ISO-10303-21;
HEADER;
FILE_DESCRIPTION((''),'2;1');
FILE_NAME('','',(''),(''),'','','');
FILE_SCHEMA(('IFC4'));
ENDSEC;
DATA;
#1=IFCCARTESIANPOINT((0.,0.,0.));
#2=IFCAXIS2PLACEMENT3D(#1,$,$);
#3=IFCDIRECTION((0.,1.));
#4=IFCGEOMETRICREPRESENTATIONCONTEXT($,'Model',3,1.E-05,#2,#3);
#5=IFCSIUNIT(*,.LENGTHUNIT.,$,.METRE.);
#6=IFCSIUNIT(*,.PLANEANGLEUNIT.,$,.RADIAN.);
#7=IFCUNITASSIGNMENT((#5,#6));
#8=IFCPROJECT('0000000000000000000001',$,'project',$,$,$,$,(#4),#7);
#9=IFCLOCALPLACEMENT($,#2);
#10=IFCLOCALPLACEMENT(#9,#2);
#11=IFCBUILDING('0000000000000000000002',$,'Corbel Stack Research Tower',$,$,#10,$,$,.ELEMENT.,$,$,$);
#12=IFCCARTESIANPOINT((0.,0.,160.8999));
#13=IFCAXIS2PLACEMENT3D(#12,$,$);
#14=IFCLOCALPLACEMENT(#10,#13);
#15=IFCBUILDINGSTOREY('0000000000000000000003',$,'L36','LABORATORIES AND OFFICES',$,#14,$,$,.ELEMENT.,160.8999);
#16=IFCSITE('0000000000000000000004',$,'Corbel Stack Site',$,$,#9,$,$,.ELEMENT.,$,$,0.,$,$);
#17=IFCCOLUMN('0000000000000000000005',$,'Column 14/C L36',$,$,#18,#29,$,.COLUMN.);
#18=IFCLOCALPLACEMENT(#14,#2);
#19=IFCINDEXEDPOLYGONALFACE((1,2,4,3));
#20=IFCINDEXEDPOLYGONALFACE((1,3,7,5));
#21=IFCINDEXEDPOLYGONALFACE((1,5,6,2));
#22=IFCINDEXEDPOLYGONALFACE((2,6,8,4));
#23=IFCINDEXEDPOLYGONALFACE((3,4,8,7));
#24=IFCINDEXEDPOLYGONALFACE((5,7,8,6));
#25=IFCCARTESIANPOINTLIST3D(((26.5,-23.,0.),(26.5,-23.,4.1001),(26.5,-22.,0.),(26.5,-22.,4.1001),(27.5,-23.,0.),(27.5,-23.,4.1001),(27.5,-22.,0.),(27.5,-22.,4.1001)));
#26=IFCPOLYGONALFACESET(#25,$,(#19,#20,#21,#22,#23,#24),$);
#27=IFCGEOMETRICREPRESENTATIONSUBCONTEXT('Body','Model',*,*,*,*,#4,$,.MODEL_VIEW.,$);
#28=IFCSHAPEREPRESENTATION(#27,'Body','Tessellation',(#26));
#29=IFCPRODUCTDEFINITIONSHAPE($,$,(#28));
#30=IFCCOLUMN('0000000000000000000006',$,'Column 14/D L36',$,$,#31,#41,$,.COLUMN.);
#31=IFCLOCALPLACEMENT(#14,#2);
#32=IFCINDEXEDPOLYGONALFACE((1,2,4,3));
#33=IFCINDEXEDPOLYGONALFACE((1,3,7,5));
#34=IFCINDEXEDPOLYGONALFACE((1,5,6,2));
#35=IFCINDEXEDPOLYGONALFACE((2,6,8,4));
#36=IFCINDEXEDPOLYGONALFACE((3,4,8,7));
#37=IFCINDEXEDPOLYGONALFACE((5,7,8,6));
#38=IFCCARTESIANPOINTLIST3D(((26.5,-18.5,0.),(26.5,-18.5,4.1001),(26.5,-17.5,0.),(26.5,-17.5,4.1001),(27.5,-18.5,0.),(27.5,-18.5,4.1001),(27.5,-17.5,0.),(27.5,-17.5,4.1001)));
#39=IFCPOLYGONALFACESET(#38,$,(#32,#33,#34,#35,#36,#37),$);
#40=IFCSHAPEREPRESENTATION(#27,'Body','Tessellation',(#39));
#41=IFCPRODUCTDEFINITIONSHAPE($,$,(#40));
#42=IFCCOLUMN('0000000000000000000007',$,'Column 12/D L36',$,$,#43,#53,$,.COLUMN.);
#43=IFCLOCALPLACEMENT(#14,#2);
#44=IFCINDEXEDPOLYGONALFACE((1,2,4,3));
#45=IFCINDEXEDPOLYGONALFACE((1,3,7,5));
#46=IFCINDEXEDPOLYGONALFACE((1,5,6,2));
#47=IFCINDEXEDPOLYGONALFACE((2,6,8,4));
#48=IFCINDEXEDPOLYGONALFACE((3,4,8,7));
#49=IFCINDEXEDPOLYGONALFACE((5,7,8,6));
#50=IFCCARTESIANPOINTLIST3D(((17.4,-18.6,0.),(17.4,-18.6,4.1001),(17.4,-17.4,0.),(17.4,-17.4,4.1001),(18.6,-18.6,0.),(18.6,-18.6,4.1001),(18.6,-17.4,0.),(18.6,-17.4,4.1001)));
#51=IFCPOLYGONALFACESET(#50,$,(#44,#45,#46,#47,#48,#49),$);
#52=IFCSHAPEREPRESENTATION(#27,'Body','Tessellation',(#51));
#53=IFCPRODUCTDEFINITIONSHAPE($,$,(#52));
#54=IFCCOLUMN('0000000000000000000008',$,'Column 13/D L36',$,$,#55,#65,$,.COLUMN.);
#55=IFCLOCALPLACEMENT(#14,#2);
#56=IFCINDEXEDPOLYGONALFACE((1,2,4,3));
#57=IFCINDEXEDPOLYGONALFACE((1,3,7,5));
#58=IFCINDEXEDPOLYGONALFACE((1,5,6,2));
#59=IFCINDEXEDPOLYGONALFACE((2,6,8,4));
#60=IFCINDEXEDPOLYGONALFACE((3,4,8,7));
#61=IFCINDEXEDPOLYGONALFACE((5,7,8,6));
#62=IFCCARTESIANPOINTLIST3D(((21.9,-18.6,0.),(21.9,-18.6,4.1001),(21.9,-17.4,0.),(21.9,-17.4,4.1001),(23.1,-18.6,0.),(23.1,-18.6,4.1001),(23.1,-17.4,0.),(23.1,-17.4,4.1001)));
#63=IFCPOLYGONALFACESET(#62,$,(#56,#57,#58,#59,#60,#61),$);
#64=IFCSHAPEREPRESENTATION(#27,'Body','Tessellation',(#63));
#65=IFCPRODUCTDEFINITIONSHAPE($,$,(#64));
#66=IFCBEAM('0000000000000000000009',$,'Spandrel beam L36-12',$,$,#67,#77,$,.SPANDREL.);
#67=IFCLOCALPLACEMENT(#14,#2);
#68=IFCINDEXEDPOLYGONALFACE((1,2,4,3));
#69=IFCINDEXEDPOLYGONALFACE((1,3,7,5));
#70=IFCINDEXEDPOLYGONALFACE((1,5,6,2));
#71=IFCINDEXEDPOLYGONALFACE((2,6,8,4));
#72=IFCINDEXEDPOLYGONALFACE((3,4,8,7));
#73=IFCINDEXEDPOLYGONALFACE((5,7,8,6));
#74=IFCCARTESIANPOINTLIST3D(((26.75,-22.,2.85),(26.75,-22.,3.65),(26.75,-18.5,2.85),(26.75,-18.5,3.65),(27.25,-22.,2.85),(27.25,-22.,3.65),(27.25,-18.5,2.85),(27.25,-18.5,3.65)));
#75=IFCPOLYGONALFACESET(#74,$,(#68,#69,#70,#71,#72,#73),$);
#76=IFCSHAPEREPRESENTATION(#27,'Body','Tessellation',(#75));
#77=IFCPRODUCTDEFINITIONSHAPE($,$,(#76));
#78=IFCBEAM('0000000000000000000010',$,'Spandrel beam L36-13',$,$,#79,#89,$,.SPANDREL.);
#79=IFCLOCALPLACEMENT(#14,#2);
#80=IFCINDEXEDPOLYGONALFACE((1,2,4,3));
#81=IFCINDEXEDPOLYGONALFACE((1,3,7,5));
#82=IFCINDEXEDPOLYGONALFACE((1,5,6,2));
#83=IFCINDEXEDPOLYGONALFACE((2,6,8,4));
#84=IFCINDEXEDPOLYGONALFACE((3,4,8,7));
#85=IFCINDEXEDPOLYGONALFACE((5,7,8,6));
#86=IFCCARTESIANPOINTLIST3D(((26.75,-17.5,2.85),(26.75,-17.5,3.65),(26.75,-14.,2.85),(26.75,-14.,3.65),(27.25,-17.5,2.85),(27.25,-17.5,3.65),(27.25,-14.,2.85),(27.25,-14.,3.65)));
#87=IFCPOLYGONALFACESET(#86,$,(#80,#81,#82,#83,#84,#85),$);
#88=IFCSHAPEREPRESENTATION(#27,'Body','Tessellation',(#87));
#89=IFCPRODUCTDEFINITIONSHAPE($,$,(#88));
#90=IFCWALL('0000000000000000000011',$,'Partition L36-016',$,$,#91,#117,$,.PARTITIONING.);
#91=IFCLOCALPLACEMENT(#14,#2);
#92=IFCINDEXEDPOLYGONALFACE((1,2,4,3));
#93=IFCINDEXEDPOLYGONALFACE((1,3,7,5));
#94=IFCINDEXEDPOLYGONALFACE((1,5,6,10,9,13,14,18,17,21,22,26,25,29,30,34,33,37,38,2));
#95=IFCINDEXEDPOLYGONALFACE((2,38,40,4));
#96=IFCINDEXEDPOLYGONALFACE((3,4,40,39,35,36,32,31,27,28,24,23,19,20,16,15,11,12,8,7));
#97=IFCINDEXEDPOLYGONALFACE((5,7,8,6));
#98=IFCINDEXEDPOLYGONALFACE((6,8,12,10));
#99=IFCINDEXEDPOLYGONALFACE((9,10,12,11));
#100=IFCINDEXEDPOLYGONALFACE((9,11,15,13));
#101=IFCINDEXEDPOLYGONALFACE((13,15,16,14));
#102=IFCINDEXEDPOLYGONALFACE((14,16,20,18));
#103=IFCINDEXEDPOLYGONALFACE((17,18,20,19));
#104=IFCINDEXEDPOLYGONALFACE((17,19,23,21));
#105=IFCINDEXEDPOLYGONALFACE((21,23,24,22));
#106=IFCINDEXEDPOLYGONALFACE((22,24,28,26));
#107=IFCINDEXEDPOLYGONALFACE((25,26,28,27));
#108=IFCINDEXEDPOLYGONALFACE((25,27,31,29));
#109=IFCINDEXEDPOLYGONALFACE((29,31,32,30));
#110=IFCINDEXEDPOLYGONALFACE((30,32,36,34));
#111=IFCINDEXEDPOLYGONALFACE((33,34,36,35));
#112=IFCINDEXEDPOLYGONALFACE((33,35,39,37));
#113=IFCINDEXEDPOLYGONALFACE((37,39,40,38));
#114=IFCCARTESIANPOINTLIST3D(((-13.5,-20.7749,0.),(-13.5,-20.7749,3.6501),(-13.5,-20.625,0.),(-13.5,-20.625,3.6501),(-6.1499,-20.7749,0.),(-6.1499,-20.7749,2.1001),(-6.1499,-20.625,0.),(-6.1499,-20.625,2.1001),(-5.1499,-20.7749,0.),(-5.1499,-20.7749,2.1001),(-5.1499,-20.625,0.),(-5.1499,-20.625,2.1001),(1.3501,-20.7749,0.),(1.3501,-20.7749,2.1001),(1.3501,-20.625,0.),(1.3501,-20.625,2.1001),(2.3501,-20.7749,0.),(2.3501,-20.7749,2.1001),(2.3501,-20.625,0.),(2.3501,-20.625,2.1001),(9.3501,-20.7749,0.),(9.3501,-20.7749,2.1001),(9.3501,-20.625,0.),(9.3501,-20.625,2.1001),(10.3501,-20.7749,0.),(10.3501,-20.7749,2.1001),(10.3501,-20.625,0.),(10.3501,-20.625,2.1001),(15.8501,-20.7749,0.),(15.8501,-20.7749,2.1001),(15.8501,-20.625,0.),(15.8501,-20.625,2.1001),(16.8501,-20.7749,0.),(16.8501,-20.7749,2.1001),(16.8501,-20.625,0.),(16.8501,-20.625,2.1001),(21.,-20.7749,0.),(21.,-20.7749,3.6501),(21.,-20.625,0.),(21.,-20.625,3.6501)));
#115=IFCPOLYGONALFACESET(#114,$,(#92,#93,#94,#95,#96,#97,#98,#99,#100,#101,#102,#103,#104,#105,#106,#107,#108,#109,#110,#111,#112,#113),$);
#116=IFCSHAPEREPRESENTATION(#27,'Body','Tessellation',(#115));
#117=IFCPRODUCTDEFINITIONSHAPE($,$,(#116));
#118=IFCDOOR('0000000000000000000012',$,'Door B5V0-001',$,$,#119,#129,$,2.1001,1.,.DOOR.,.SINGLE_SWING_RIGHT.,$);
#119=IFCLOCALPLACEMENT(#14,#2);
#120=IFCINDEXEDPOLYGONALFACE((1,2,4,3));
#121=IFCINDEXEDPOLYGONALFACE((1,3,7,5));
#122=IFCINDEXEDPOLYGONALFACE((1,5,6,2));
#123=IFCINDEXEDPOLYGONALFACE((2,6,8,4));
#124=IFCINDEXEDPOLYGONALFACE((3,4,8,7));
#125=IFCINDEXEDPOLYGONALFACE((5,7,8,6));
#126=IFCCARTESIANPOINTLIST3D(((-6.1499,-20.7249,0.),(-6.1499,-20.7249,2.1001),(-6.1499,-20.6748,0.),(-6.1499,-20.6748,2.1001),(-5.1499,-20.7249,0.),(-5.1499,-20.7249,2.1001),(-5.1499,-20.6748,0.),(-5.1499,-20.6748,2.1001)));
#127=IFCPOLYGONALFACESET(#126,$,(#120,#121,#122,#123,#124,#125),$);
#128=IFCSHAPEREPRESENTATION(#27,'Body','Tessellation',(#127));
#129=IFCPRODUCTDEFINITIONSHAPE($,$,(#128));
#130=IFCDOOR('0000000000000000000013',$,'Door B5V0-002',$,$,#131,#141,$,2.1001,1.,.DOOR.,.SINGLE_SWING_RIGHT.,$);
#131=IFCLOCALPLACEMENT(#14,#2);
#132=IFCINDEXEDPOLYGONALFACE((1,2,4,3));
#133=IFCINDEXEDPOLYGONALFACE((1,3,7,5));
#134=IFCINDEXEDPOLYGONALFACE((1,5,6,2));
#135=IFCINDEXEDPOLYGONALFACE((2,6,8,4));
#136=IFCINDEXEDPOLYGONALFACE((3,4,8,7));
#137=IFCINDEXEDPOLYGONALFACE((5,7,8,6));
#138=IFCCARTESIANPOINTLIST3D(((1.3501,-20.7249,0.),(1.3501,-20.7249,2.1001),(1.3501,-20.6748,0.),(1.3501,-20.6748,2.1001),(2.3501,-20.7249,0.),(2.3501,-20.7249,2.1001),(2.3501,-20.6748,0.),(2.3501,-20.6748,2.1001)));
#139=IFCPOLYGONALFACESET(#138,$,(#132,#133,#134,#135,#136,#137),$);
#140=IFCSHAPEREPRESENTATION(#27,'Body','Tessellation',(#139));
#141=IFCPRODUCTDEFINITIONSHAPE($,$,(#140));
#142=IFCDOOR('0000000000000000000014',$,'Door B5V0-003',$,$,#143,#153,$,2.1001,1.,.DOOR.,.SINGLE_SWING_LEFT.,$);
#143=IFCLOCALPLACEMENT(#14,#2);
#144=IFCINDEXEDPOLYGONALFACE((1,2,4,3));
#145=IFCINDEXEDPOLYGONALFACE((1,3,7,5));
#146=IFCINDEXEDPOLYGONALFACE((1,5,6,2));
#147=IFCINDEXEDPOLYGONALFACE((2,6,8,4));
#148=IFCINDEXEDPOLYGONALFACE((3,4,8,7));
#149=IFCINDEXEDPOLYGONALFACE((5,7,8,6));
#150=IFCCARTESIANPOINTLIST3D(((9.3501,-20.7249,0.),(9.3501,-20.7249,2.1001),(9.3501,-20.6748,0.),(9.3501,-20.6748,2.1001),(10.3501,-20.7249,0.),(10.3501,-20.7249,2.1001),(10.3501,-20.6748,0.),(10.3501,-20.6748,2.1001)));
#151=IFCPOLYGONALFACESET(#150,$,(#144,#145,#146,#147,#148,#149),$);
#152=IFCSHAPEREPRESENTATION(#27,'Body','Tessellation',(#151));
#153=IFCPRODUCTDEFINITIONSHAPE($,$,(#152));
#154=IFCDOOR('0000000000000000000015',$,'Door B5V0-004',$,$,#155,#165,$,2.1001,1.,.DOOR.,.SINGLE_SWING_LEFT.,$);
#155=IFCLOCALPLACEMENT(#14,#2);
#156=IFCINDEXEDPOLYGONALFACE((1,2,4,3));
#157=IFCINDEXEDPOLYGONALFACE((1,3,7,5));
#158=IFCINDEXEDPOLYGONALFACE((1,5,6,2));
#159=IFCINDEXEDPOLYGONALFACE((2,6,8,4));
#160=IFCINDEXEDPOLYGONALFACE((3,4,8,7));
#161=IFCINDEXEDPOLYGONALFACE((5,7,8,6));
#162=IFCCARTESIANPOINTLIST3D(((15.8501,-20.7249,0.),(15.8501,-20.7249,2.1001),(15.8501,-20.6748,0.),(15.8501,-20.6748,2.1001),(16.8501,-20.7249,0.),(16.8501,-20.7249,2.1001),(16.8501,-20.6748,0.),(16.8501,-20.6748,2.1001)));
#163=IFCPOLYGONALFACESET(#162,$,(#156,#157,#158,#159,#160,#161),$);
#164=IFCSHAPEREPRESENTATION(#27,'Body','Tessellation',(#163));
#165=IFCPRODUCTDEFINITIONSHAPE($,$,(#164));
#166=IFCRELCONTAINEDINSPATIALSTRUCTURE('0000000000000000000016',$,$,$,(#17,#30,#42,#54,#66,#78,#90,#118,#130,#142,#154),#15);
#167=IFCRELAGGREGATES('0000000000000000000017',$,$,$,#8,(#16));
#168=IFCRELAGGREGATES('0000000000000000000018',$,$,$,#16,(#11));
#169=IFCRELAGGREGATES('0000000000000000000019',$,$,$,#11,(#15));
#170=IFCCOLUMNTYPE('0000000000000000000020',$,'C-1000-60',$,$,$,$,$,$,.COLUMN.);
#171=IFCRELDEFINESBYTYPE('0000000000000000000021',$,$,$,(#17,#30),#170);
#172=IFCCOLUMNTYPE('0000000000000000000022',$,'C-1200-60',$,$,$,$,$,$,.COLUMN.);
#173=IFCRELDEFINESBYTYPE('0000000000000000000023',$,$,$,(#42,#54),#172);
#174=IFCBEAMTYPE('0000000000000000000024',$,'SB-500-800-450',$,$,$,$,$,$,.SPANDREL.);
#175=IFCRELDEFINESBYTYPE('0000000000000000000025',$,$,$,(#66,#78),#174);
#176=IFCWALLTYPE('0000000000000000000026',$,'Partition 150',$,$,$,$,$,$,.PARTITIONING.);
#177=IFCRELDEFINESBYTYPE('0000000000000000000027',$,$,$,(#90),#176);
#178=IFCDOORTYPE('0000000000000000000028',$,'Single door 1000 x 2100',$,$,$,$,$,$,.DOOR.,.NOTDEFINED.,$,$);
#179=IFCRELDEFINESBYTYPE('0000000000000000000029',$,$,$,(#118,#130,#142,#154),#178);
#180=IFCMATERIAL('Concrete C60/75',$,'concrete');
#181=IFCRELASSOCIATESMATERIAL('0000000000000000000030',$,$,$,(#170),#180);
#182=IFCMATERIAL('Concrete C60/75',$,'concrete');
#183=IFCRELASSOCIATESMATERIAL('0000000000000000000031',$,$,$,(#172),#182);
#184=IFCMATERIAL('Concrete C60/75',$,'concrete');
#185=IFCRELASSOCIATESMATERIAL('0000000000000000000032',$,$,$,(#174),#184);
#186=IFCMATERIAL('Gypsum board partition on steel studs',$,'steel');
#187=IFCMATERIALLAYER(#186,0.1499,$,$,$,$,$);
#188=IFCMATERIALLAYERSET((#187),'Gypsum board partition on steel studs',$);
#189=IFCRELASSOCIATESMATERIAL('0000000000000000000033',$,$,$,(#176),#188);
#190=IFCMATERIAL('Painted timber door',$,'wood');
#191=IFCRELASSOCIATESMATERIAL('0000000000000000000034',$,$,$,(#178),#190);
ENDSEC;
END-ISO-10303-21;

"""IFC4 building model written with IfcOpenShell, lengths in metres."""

from ifc_helpers import new_model, si_unit, direction, frame, frame_2d, origin, origin_2d, place, context, subcontext, project, spatial, rectangle, extrude, material, layer, layer_set, material_profile, profile_set, type_object, element, fill, save


model = new_model("IFC4")

# Units and contexts
model_context = context("Model", 3, precision=1e-05, world=origin(), true_north=direction((0.0, 1.0)))
body_context = subcontext(model_context, "Body", "Model", "MODEL_VIEW")
ifc_project = project(units=[si_unit("LENGTHUNIT", "METRE"), si_unit("PLANEANGLEUNIT", "RADIAN")], contexts=[model_context])

# Site, building, storey
site_placement = place(None, origin())
site = spatial("IfcSite", under=ifc_project, at=site_placement, Name="Corbel Stack Site", CompositionType="ELEMENT", RefElevation=0.0)
building_placement = place(site_placement, origin())
building = spatial("IfcBuilding", under=site, at=building_placement, Name="Corbel Stack Research Tower", CompositionType="ELEMENT")
storey_placement = place(building_placement, frame((0.0, 0.0, 160.8999)))
storey = spatial("IfcBuildingStorey", under=building, at=storey_placement, Name="L36", Description="LABORATORIES AND OFFICES", CompositionType="ELEMENT", Elevation=160.8999)

# Columns
ifc_material_1 = material(Name="Concrete C60/75", Category="concrete")
ifc_material_profile_1 = material_profile(ifc_material_1, rectangle(XDim=1.0, YDim=1.0, at=origin_2d()), Name="RC 1000 x 1000")
ifc_profile_set_1 = profile_set([ifc_material_profile_1], Name="Concrete C60/75")
column_type_1 = type_object("IfcColumnType", Name="C-1000-60", PredefinedType="COLUMN", material=ifc_profile_set_1)
for number, where, z_axis, x_axis, name in (
    (1, (27.0, -22.5, 0.0), (0.0, 0.0, 1.0), (1.0, 0.0, 0.0), "Column 14/C L36"),
    (2, (27.0, -18.0, 0.0), (0.0, 0.0, 1.0), (1.0, 0.0, 0.0), "Column 14/D L36"),
):
    element("IfcColumn", number, at=place(storey_placement, frame(where, z_axis=z_axis, x_axis=x_axis)), inside=storey, type_object=column_type_1, Name=name, PredefinedType="COLUMN", context=body_context, shape_type="SweptSolid", body=[
        extrude(rectangle(XDim=1.0, YDim=1.0, at=origin_2d()), origin(), (0.0, 0.0, 1.0), 4.1001),
    ])
ifc_material_2 = material(Name="Concrete C60/75", Category="concrete")
ifc_material_profile_2 = material_profile(ifc_material_2, rectangle(XDim=1.2, YDim=1.2, at=origin_2d()), Name="RC 1200 x 1200")
ifc_profile_set_2 = profile_set([ifc_material_profile_2], Name="Concrete C60/75")
column_type_2 = type_object("IfcColumnType", Name="C-1200-60", PredefinedType="COLUMN", material=ifc_profile_set_2)
for number, where, z_axis, x_axis, name in (
    (3, (18.0, -18.0, 0.0), (0.0, 0.0, 1.0), (1.0, 0.0, 0.0), "Column 12/D L36"),
    (4, (22.5, -18.0, 0.0), (0.0, 0.0, 1.0), (1.0, 0.0, 0.0), "Column 13/D L36"),
):
    element("IfcColumn", number, at=place(storey_placement, frame(where, z_axis=z_axis, x_axis=x_axis)), inside=storey, type_object=column_type_2, Name=name, PredefinedType="COLUMN", context=body_context, shape_type="SweptSolid", body=[
        extrude(rectangle(XDim=1.2, YDim=1.2, at=origin_2d()), origin(), (0.0, 0.0, 1.0), 4.1001),
    ])

# Beams
ifc_material_3 = material(Name="Concrete C60/75", Category="concrete")
ifc_material_profile_3 = material_profile(ifc_material_3, rectangle(XDim=0.5, YDim=0.8, at=origin_2d()), Name="RC 500 x 800")
ifc_profile_set_3 = profile_set([ifc_material_profile_3], Name="Concrete C60/75")
beam_type = type_object("IfcBeamType", Name="SB-500-800-450", PredefinedType="SPANDREL", material=ifc_profile_set_3)
for number, where, z_axis, x_axis, name in (
    (5, (27.0, -22.0, 3.25), (0.0, 1.0, 0.0), (-1.0, 0.0, 0.0), "Spandrel beam L36-12"),
    (6, (27.0, -17.5, 3.25), (0.0, 1.0, 0.0), (-1.0, 0.0, 0.0), "Spandrel beam L36-13"),
):
    element("IfcBeam", number, at=place(storey_placement, frame(where, z_axis=z_axis, x_axis=x_axis)), inside=storey, type_object=beam_type, Name=name, PredefinedType="SPANDREL", context=body_context, shape_type="SweptSolid", body=[
        extrude(rectangle(XDim=0.5, YDim=0.8, at=origin_2d()), origin(), (0.0, 0.0, 1.0), 3.5),
    ])

# Wall, openings, doors
ifc_material_4 = material(Name="Gypsum board partition on steel studs", Category="steel")
ifc_layer_1 = layer(ifc_material_4, 0.1499)
ifc_layer_set_1 = layer_set([ifc_layer_1], Name="Gypsum board partition on steel studs")
wall_type_1 = type_object("IfcWallType", Name="Partition 150", PredefinedType="PARTITIONING", material=ifc_layer_set_1)
wall_1_placement = place(storey_placement, frame((21.0, -20.7, 0.0), z_axis=(0.0, 0.0, 1.0), x_axis=(-1.0, 0.0, 0.0)))
wall_1 = element("IfcWall", 7, at=wall_1_placement, inside=storey, type_object=wall_type_1, Name="Partition L36-016", PredefinedType="PARTITIONING", context=body_context, shape_type="SweptSolid", body=[
    extrude(rectangle(XDim=34.5, YDim=0.1499, at=frame_2d((17.25, 0.0))), origin(), (0.0, 0.0, 1.0), 3.6501),
])
opening_1_placement = place(wall_1_placement, frame((26.1499, 0.0, 0.0)))
opening_1 = element("IfcOpeningElement", 8, at=opening_1_placement, cuts=wall_1, PredefinedType="OPENING", context=body_context, shape_type="SweptSolid", body=[
    extrude(rectangle(XDim=1.0, YDim=2.1001, at=frame_2d((0.5, 1.05))), frame((0.0, 0.085, 0.0), z_axis=(0.0, -1.0, 0.0), x_axis=(1.0, 0.0, 0.0)), (0.0, 0.0, 1.0), 0.1699),
])
opening_2_placement = place(wall_1_placement, frame((18.6499, 0.0, 0.0)))
opening_2 = element("IfcOpeningElement", 9, at=opening_2_placement, cuts=wall_1, PredefinedType="OPENING", context=body_context, shape_type="SweptSolid", body=[
    extrude(rectangle(XDim=1.0, YDim=2.1001, at=frame_2d((0.5, 1.05))), frame((0.0, 0.085, 0.0), z_axis=(0.0, -1.0, 0.0), x_axis=(1.0, 0.0, 0.0)), (0.0, 0.0, 1.0), 0.1699),
])
opening_3_placement = place(wall_1_placement, frame((10.6499, 0.0, 0.0)))
opening_3 = element("IfcOpeningElement", 10, at=opening_3_placement, cuts=wall_1, PredefinedType="OPENING", context=body_context, shape_type="SweptSolid", body=[
    extrude(rectangle(XDim=1.0, YDim=2.1001, at=frame_2d((0.5, 1.05))), frame((0.0, 0.085, 0.0), z_axis=(0.0, -1.0, 0.0), x_axis=(1.0, 0.0, 0.0)), (0.0, 0.0, 1.0), 0.1699),
])
opening_4_placement = place(wall_1_placement, frame((4.1499, 0.0, 0.0)))
opening_4 = element("IfcOpeningElement", 11, at=opening_4_placement, cuts=wall_1, PredefinedType="OPENING", context=body_context, shape_type="SweptSolid", body=[
    extrude(rectangle(XDim=1.0, YDim=2.1001, at=frame_2d((0.5, 1.05))), frame((0.0, 0.085, 0.0), z_axis=(0.0, -1.0, 0.0), x_axis=(1.0, 0.0, 0.0)), (0.0, 0.0, 1.0), 0.1699),
])
ifc_material_5 = material(Name="Painted timber door", Category="wood")
door_type_1 = type_object("IfcDoorType", Name="Single door 1000 x 2100", OperationType="NOTDEFINED", PredefinedType="DOOR", material=ifc_material_5)
door_1_placement = place(opening_1_placement, origin())
door_1 = element("IfcDoor", 12, at=door_1_placement, inside=storey, type_object=door_type_1, Name="Door B5V0-001", OperationType="SINGLE_SWING_RIGHT", OverallHeight=2.1001, OverallWidth=1.0, PredefinedType="DOOR", context=body_context, shape_type="SweptSolid", body=[
    extrude(rectangle(XDim=1.0, YDim=2.1001, at=frame_2d((0.5, 1.05))), frame((0.0, 0.0249, 0.0), z_axis=(0.0, -1.0, 0.0), x_axis=(1.0, 0.0, 0.0)), (0.0, 0.0, 1.0), 0.05),
])
fill(opening_1, door_1)
door_2_placement = place(opening_2_placement, origin())
door_2 = element("IfcDoor", 13, at=door_2_placement, inside=storey, type_object=door_type_1, Name="Door B5V0-002", OperationType="SINGLE_SWING_RIGHT", OverallHeight=2.1001, OverallWidth=1.0, PredefinedType="DOOR", context=body_context, shape_type="SweptSolid", body=[
    extrude(rectangle(XDim=1.0, YDim=2.1001, at=frame_2d((0.5, 1.05))), frame((0.0, 0.0249, 0.0), z_axis=(0.0, -1.0, 0.0), x_axis=(1.0, 0.0, 0.0)), (0.0, 0.0, 1.0), 0.05),
])
fill(opening_2, door_2)
door_3_placement = place(opening_3_placement, origin())
door_3 = element("IfcDoor", 14, at=door_3_placement, inside=storey, type_object=door_type_1, Name="Door B5V0-003", OperationType="SINGLE_SWING_LEFT", OverallHeight=2.1001, OverallWidth=1.0, PredefinedType="DOOR", context=body_context, shape_type="SweptSolid", body=[
    extrude(rectangle(XDim=1.0, YDim=2.1001, at=frame_2d((0.5, 1.05))), frame((0.0, 0.0249, 0.0), z_axis=(0.0, -1.0, 0.0), x_axis=(1.0, 0.0, 0.0)), (0.0, 0.0, 1.0), 0.05),
])
fill(opening_3, door_3)
door_4_placement = place(opening_4_placement, origin())
door_4 = element("IfcDoor", 15, at=door_4_placement, inside=storey, type_object=door_type_1, Name="Door B5V0-004", OperationType="SINGLE_SWING_LEFT", OverallHeight=2.1001, OverallWidth=1.0, PredefinedType="DOOR", context=body_context, shape_type="SweptSolid", body=[
    extrude(rectangle(XDim=1.0, YDim=2.1001, at=frame_2d((0.5, 1.05))), frame((0.0, 0.0249, 0.0), z_axis=(0.0, -1.0, 0.0), x_axis=(1.0, 0.0, 0.0)), (0.0, 0.0, 1.0), 0.05),
])
fill(opening_4, door_4)

save(model, "model.ifc")
